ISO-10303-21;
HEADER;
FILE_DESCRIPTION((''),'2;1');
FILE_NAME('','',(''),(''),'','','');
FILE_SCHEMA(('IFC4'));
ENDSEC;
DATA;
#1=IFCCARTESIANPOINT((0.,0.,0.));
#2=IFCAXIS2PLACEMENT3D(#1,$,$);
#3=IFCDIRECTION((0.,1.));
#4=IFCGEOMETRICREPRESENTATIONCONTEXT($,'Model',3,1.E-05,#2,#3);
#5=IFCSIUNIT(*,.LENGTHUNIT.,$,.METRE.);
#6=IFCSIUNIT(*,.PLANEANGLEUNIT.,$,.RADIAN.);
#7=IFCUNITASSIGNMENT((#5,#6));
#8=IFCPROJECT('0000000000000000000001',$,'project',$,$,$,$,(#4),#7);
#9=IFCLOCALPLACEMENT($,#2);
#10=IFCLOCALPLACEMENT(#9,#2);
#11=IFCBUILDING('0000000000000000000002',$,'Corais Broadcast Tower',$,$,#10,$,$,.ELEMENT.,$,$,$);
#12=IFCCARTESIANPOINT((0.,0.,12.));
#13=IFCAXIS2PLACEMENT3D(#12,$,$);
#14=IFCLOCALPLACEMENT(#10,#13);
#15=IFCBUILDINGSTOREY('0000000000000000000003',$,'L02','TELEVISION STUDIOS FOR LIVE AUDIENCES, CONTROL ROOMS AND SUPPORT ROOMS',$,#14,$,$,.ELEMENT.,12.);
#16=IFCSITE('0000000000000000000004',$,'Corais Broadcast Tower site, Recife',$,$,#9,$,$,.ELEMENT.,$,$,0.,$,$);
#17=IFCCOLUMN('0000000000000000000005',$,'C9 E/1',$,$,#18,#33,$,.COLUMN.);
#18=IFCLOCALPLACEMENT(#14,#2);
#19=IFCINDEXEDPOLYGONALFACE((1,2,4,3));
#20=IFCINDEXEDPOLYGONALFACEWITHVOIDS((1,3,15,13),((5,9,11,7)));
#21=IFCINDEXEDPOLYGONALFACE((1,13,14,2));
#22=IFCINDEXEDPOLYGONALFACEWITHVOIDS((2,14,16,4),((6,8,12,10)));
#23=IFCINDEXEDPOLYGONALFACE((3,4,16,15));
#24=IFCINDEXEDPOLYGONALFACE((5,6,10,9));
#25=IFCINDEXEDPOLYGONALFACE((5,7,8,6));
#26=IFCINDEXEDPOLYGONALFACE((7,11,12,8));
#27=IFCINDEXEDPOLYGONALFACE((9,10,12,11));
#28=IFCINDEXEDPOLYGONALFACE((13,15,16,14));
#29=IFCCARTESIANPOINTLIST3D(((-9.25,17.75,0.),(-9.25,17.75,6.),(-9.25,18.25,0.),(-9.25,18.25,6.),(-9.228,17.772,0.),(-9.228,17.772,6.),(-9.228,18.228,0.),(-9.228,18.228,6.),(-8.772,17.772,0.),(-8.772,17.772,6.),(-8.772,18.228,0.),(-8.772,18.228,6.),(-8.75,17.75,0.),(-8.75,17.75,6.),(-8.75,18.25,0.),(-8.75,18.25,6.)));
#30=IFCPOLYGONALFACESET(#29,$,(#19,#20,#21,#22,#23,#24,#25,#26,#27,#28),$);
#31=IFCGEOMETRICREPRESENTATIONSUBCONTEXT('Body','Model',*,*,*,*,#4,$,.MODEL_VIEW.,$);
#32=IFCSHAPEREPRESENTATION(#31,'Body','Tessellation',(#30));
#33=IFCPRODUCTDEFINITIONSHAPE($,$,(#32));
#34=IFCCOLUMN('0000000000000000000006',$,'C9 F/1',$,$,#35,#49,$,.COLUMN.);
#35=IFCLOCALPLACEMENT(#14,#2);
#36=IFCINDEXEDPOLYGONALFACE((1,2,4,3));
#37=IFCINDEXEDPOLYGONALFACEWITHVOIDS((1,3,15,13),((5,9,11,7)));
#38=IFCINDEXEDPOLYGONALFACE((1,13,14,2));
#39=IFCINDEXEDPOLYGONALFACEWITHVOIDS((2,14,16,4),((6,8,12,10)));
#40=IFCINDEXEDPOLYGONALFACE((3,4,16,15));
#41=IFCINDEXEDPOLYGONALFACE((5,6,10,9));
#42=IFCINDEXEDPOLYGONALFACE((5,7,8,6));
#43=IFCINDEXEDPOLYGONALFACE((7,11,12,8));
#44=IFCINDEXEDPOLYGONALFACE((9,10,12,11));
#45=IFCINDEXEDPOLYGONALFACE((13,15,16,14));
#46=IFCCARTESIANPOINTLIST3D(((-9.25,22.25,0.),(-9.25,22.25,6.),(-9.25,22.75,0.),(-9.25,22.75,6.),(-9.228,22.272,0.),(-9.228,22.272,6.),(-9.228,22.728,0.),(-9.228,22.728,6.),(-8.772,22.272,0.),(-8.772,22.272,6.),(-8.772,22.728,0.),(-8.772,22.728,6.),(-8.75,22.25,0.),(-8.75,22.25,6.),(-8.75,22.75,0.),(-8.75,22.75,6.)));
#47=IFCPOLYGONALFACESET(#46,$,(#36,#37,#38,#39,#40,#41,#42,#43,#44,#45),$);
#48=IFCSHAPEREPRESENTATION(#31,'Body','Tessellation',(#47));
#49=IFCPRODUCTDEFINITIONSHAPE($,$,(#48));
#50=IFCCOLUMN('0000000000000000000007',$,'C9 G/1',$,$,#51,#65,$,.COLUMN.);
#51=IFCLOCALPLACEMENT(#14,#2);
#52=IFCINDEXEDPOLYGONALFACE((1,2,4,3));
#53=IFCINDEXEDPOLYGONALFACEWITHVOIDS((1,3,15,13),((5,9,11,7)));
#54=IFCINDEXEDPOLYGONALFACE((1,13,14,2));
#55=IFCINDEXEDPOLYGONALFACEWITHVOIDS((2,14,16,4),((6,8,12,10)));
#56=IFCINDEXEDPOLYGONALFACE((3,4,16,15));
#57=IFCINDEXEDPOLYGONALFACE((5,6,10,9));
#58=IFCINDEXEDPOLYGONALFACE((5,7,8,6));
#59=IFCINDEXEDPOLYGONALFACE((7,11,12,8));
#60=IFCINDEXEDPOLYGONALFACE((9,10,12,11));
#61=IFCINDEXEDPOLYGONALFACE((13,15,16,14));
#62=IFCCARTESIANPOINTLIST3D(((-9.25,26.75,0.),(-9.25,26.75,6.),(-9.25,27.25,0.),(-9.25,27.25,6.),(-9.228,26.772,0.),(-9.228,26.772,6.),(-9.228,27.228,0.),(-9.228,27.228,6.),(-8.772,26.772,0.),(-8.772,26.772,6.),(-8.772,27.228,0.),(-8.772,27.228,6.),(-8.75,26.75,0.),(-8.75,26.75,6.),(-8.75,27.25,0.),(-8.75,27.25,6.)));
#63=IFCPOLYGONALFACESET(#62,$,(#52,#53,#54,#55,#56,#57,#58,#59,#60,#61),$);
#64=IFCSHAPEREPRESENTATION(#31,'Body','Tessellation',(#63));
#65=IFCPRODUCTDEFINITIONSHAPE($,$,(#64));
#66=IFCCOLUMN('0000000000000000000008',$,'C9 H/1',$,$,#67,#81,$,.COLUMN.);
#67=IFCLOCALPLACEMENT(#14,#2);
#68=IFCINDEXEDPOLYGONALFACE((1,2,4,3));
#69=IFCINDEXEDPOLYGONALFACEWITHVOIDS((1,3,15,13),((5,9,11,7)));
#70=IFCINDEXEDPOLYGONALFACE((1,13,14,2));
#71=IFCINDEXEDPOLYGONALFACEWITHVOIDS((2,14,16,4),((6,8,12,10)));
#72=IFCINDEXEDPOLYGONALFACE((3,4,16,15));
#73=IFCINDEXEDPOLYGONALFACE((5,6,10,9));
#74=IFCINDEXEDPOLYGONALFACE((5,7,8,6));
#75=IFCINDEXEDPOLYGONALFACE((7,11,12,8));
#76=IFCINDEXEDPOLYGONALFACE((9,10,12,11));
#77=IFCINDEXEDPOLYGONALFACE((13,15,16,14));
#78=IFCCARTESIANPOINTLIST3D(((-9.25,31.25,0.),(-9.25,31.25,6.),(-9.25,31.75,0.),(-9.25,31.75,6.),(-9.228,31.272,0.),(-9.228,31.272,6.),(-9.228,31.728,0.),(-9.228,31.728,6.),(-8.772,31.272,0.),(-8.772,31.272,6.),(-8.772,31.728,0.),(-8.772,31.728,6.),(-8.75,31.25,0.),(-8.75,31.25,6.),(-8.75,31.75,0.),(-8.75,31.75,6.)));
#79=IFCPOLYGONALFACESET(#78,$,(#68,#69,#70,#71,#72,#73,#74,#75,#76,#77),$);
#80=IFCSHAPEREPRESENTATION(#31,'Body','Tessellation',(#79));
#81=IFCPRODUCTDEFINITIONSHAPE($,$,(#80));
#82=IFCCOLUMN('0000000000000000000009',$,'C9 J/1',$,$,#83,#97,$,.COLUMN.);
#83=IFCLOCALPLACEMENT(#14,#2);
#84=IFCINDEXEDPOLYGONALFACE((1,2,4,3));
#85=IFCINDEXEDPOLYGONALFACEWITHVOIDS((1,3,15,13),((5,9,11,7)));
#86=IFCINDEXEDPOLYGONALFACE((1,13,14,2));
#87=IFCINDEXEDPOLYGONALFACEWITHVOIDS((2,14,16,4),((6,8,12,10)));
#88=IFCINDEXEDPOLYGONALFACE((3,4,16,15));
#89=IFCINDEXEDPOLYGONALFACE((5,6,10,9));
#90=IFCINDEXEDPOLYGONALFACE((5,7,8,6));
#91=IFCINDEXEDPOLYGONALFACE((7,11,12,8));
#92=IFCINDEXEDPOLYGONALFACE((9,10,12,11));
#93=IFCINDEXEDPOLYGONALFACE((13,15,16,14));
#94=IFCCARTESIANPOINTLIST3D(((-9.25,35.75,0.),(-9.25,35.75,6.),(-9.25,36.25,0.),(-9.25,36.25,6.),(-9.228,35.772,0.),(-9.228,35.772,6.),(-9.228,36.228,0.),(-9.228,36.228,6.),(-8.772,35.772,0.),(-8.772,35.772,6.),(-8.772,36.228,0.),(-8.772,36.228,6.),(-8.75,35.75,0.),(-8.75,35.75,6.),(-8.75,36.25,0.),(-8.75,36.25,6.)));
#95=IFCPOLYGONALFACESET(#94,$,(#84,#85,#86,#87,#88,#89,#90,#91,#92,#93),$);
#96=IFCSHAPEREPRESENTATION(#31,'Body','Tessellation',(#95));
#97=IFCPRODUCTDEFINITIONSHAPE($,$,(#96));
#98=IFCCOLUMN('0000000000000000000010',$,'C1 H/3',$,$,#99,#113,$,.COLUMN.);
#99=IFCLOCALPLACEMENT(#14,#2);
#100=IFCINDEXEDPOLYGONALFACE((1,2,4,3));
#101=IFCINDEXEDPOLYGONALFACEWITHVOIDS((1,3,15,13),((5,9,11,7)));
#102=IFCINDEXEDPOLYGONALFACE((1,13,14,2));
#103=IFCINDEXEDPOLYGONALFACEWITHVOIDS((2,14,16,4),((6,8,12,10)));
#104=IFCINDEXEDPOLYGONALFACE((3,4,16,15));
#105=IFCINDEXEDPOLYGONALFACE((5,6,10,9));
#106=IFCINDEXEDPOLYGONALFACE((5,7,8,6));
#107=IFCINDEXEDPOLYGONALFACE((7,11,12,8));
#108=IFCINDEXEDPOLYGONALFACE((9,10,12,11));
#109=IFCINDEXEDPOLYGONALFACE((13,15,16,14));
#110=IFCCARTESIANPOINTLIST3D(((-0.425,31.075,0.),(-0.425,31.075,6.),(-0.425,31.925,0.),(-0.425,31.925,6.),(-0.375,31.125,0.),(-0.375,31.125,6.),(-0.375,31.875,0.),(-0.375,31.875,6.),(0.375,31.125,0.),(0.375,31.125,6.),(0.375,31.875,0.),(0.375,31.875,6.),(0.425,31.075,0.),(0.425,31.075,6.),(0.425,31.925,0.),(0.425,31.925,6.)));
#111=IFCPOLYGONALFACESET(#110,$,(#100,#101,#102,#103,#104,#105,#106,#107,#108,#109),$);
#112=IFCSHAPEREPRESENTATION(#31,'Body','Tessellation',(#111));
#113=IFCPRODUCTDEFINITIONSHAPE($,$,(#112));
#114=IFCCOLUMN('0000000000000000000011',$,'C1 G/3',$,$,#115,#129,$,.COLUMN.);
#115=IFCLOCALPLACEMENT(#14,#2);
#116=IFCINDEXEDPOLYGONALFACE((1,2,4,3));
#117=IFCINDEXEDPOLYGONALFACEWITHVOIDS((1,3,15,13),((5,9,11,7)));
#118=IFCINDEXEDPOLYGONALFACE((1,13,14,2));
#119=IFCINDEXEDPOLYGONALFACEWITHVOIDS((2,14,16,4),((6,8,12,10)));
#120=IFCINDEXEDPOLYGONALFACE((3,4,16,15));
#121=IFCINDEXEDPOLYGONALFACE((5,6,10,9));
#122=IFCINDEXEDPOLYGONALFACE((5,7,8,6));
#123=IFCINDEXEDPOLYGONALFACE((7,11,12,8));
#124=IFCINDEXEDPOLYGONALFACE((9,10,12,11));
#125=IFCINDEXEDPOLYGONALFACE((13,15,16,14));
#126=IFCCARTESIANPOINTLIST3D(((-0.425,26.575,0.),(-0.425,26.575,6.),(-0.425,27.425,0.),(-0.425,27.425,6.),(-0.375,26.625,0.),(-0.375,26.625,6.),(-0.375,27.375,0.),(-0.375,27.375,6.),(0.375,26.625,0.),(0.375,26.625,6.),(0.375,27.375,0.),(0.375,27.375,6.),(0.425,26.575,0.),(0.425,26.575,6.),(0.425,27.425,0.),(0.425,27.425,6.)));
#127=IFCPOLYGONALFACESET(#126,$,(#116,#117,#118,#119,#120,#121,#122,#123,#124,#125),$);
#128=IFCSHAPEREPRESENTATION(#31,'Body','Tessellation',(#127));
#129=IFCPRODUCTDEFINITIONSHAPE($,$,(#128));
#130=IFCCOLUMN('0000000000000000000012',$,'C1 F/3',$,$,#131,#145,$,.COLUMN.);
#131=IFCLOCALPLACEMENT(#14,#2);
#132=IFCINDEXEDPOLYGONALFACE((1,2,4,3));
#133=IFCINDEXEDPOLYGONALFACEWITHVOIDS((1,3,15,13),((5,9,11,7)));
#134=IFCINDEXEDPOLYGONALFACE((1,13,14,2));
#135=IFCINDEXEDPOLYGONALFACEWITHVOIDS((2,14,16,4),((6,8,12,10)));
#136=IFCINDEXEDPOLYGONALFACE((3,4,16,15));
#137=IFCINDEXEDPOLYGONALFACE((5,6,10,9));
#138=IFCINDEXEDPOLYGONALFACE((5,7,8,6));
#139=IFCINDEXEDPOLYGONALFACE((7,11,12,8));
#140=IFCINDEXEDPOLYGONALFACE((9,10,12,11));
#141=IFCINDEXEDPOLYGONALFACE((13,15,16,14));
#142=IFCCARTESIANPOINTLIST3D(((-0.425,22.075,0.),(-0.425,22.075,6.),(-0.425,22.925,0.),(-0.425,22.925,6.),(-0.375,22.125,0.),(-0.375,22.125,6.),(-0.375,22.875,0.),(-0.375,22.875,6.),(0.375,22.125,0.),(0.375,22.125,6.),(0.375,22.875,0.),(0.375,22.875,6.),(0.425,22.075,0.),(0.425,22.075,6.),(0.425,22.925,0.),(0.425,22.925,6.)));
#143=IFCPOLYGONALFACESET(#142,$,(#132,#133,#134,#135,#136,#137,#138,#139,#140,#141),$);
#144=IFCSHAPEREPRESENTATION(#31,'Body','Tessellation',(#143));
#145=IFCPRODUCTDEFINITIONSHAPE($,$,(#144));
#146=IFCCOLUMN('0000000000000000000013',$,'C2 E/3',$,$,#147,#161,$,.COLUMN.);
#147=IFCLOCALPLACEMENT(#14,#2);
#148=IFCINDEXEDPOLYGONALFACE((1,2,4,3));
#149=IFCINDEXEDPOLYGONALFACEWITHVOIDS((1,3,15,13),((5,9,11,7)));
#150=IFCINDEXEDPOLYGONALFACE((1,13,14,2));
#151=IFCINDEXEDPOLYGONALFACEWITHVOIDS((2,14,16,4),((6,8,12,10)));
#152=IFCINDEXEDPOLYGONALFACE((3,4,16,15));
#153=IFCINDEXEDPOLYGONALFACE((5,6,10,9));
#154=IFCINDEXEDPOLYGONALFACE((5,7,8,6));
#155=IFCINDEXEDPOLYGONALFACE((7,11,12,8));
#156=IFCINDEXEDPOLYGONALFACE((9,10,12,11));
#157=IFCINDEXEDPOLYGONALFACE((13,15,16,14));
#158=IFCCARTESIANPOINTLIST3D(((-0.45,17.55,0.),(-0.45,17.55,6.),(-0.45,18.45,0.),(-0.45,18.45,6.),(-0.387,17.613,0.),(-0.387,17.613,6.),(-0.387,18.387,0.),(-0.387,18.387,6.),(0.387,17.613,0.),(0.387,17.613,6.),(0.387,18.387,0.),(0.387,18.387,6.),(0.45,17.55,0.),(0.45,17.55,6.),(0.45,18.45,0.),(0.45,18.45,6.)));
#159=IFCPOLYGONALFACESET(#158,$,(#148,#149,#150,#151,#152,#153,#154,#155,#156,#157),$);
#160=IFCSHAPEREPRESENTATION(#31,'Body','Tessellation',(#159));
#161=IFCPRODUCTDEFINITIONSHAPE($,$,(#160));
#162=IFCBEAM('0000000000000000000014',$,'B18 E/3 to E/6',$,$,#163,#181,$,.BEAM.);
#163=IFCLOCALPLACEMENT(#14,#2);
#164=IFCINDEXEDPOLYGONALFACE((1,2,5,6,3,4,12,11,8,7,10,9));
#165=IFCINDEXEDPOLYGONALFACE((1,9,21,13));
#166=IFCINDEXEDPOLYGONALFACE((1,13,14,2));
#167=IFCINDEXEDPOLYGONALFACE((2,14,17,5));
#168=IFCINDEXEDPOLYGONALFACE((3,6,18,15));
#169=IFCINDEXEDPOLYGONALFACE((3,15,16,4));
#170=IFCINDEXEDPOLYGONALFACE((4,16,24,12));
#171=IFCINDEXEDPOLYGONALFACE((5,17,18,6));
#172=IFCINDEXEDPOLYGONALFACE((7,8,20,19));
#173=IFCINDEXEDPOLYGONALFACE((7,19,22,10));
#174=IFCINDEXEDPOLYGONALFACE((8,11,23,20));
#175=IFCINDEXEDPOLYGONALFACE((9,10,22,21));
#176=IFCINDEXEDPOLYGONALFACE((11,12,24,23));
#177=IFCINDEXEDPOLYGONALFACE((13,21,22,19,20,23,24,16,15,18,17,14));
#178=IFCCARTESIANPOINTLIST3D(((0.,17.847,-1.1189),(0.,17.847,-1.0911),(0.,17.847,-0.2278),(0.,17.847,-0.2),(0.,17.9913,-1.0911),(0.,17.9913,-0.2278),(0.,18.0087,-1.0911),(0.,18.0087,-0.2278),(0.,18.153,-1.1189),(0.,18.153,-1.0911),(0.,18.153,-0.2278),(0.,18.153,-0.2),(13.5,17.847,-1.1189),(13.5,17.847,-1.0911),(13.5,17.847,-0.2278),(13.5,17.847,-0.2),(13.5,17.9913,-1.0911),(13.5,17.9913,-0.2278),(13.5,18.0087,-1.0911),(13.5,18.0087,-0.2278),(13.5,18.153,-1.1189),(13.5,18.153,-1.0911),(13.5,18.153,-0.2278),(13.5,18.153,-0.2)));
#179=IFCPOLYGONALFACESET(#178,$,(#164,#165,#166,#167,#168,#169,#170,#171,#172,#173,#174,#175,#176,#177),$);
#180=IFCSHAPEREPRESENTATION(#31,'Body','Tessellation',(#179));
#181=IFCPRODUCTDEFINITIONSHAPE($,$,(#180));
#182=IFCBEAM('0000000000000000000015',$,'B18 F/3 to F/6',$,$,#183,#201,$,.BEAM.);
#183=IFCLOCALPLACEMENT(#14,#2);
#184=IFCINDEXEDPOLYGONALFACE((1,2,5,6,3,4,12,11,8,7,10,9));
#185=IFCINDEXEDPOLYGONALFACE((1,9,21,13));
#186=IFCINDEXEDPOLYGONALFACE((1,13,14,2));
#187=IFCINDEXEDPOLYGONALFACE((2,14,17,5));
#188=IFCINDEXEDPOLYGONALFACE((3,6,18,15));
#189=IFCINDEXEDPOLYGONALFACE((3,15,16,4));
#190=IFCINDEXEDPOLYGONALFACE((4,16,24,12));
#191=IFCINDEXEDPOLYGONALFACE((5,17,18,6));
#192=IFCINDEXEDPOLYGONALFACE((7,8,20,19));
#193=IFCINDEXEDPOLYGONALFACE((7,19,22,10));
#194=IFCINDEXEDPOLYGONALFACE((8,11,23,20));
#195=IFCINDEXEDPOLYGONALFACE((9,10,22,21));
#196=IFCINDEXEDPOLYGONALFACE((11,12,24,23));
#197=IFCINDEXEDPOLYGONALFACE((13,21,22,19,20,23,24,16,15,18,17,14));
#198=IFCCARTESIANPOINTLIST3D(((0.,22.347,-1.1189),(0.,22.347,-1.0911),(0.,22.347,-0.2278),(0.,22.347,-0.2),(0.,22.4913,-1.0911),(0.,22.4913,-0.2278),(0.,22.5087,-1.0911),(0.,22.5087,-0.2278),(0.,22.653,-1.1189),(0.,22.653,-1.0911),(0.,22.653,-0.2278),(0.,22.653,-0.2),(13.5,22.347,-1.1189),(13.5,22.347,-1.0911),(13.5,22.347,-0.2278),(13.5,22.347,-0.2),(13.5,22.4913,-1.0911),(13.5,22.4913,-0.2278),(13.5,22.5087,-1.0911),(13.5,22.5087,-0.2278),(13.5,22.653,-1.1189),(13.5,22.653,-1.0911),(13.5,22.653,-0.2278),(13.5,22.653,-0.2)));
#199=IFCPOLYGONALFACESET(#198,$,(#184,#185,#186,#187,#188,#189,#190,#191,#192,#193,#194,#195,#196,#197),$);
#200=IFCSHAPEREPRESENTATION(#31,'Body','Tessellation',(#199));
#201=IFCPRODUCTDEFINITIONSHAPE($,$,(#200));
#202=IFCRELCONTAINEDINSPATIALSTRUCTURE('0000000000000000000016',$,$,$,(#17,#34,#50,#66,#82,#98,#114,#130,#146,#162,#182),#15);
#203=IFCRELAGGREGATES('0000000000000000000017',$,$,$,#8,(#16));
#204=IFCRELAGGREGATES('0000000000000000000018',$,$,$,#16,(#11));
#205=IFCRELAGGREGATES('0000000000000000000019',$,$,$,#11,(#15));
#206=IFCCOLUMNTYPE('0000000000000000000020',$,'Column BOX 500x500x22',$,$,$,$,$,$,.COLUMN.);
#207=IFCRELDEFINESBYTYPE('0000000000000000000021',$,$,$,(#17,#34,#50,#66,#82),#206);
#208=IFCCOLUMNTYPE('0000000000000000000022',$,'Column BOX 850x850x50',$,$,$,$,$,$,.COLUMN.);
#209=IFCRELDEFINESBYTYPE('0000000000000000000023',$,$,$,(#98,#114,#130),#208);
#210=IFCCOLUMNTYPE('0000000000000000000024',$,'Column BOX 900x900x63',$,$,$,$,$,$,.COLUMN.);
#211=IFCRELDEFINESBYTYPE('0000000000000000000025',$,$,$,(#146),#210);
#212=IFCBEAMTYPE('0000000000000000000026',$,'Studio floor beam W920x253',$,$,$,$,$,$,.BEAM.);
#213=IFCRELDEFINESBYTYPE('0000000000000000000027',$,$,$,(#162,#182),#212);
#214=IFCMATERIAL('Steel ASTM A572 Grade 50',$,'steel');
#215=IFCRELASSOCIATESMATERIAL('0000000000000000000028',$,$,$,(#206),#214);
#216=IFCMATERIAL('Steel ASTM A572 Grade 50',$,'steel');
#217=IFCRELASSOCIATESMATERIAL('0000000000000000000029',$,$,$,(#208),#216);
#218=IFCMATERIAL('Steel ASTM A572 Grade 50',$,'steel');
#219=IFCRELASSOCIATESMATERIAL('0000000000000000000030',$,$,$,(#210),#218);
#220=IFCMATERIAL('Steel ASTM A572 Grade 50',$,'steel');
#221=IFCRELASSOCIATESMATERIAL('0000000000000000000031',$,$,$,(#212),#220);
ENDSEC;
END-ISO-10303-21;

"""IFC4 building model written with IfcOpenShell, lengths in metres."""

from ifc_helpers import new_model, si_unit, direction, frame, origin, origin_2d, place, context, subcontext, project, spatial, hollow_rectangle, i_section, extrude, material, material_profile, profile_set, type_object, element, save


model = new_model("IFC4")

# Units and contexts
model_context = context("Model", 3, precision=1e-05, world=origin(), true_north=direction((0.0, 1.0)))
body_context = subcontext(model_context, "Body", "Model", "MODEL_VIEW")
ifc_project = project(units=[si_unit("LENGTHUNIT", "METRE"), si_unit("PLANEANGLEUNIT", "RADIAN")], contexts=[model_context])

# Site, building, storey
site_placement = place(None, origin())
site = spatial("IfcSite", under=ifc_project, at=site_placement, Name="Corais Broadcast Tower site, Recife", CompositionType="ELEMENT", RefElevation=0.0)
building_placement = place(site_placement, origin())
building = spatial("IfcBuilding", under=site, at=building_placement, Name="Corais Broadcast Tower", CompositionType="ELEMENT")
storey_placement = place(building_placement, frame((0.0, 0.0, 12.0)))
storey = spatial("IfcBuildingStorey", under=building, at=storey_placement, Name="L02", Description="TELEVISION STUDIOS FOR LIVE AUDIENCES, CONTROL ROOMS AND SUPPORT ROOMS", CompositionType="ELEMENT", Elevation=12.0)

# Columns
ifc_material_1 = material(Name="Steel ASTM A572 Grade 50", Category="steel")
ifc_material_profile_1 = material_profile(ifc_material_1, hollow_rectangle(XDim=0.5, YDim=0.5, WallThickness=0.022, at=origin_2d()), Name="BOX 500x500x22")
ifc_profile_set_1 = profile_set([ifc_material_profile_1], Name="Steel ASTM A572 Grade 50")
column_type_1 = type_object("IfcColumnType", Name="Column BOX 500x500x22", PredefinedType="COLUMN", material=ifc_profile_set_1)
for number, where, z_axis, x_axis, name in (
    (1, (-9.0, 18.0, 0.0), (0.0, 0.0, 1.0), (1.0, 0.0, 0.0), "C9 E/1"),
    (2, (-9.0, 22.5, 0.0), (0.0, 0.0, 1.0), (1.0, 0.0, 0.0), "C9 F/1"),
    (3, (-9.0, 27.0, 0.0), (0.0, 0.0, 1.0), (1.0, 0.0, 0.0), "C9 G/1"),
    (4, (-9.0, 31.5, 0.0), (0.0, 0.0, 1.0), (1.0, 0.0, 0.0), "C9 H/1"),
    (5, (-9.0, 36.0, 0.0), (0.0, 0.0, 1.0), (1.0, 0.0, 0.0), "C9 J/1"),
):
    element("IfcColumn", number, at=place(storey_placement, frame(where, z_axis=z_axis, x_axis=x_axis)), inside=storey, type_object=column_type_1, Name=name, PredefinedType="COLUMN", context=body_context, shape_type="SweptSolid", body=[
        extrude(hollow_rectangle(XDim=0.5, YDim=0.5, WallThickness=0.022, at=origin_2d()), origin(), (0.0, 0.0, 1.0), 6.0),
    ])
ifc_material_2 = material(Name="Steel ASTM A572 Grade 50", Category="steel")
ifc_material_profile_2 = material_profile(ifc_material_2, hollow_rectangle(XDim=0.8501, YDim=0.8501, WallThickness=0.05, at=origin_2d()), Name="BOX 850x850x50")
ifc_profile_set_2 = profile_set([ifc_material_profile_2], Name="Steel ASTM A572 Grade 50")
column_type_2 = type_object("IfcColumnType", Name="Column BOX 850x850x50", PredefinedType="COLUMN", material=ifc_profile_set_2)
for number, where, z_axis, x_axis, name in (
    (6, (0.0, 31.5, 0.0), (0.0, 0.0, 1.0), (1.0, 0.0, 0.0), "C1 H/3"),
    (7, (0.0, 27.0, 0.0), (0.0, 0.0, 1.0), (1.0, 0.0, 0.0), "C1 G/3"),
    (8, (0.0, 22.5, 0.0), (0.0, 0.0, 1.0), (1.0, 0.0, 0.0), "C1 F/3"),
):
    element("IfcColumn", number, at=place(storey_placement, frame(where, z_axis=z_axis, x_axis=x_axis)), inside=storey, type_object=column_type_2, Name=name, PredefinedType="COLUMN", context=body_context, shape_type="SweptSolid", body=[
        extrude(hollow_rectangle(XDim=0.8501, YDim=0.8501, WallThickness=0.05, at=origin_2d()), origin(), (0.0, 0.0, 1.0), 6.0),
    ])
ifc_material_3 = material(Name="Steel ASTM A572 Grade 50", Category="steel")
ifc_material_profile_3 = material_profile(ifc_material_3, hollow_rectangle(XDim=0.8999, YDim=0.8999, WallThickness=0.063, at=origin_2d()), Name="BOX 900x900x63")
ifc_profile_set_3 = profile_set([ifc_material_profile_3], Name="Steel ASTM A572 Grade 50")
column_type_3 = type_object("IfcColumnType", Name="Column BOX 900x900x63", PredefinedType="COLUMN", material=ifc_profile_set_3)
column_placement = place(storey_placement, frame((0.0, 18.0, 0.0), z_axis=(0.0, 0.0, 1.0), x_axis=(1.0, 0.0, 0.0)))
element("IfcColumn", 9, at=column_placement, inside=storey, type_object=column_type_3, Name="C2 E/3", PredefinedType="COLUMN", context=body_context, shape_type="SweptSolid", body=[
    extrude(hollow_rectangle(XDim=0.8999, YDim=0.8999, WallThickness=0.063, at=origin_2d()), origin(), (0.0, 0.0, 1.0), 6.0),
])

# Beams
ifc_material_4 = material(Name="Steel ASTM A572 Grade 50", Category="steel")
ifc_material_profile_4 = material_profile(ifc_material_4, i_section(OverallWidth=0.3059, OverallDepth=0.9189, WebThickness=0.0173, FlangeThickness=0.0278, at=origin_2d()), Name="W920x253")
ifc_profile_set_4 = profile_set([ifc_material_profile_4], Name="Steel ASTM A572 Grade 50")
beam_type_1 = type_object("IfcBeamType", Name="Studio floor beam W920x253", PredefinedType="BEAM", material=ifc_profile_set_4)
for number, where, z_axis, x_axis, name in (
    (10, (0.0, 18.0, -0.6594), (1.0, 0.0, 0.0), (0.0, 1.0, 0.0), "B18 E/3 to E/6"),
    (11, (0.0, 22.5, -0.6594), (1.0, 0.0, 0.0), (0.0, 1.0, 0.0), "B18 F/3 to F/6"),
):
    element("IfcBeam", number, at=place(storey_placement, frame(where, z_axis=z_axis, x_axis=x_axis)), inside=storey, type_object=beam_type_1, Name=name, PredefinedType="BEAM", context=body_context, shape_type="SweptSolid", body=[
        extrude(i_section(OverallWidth=0.3059, OverallDepth=0.9189, WebThickness=0.0173, FlangeThickness=0.0278, at=origin_2d()), origin(), (0.0, 0.0, 1.0), 13.5),
    ])

save(model, "model.ifc")
